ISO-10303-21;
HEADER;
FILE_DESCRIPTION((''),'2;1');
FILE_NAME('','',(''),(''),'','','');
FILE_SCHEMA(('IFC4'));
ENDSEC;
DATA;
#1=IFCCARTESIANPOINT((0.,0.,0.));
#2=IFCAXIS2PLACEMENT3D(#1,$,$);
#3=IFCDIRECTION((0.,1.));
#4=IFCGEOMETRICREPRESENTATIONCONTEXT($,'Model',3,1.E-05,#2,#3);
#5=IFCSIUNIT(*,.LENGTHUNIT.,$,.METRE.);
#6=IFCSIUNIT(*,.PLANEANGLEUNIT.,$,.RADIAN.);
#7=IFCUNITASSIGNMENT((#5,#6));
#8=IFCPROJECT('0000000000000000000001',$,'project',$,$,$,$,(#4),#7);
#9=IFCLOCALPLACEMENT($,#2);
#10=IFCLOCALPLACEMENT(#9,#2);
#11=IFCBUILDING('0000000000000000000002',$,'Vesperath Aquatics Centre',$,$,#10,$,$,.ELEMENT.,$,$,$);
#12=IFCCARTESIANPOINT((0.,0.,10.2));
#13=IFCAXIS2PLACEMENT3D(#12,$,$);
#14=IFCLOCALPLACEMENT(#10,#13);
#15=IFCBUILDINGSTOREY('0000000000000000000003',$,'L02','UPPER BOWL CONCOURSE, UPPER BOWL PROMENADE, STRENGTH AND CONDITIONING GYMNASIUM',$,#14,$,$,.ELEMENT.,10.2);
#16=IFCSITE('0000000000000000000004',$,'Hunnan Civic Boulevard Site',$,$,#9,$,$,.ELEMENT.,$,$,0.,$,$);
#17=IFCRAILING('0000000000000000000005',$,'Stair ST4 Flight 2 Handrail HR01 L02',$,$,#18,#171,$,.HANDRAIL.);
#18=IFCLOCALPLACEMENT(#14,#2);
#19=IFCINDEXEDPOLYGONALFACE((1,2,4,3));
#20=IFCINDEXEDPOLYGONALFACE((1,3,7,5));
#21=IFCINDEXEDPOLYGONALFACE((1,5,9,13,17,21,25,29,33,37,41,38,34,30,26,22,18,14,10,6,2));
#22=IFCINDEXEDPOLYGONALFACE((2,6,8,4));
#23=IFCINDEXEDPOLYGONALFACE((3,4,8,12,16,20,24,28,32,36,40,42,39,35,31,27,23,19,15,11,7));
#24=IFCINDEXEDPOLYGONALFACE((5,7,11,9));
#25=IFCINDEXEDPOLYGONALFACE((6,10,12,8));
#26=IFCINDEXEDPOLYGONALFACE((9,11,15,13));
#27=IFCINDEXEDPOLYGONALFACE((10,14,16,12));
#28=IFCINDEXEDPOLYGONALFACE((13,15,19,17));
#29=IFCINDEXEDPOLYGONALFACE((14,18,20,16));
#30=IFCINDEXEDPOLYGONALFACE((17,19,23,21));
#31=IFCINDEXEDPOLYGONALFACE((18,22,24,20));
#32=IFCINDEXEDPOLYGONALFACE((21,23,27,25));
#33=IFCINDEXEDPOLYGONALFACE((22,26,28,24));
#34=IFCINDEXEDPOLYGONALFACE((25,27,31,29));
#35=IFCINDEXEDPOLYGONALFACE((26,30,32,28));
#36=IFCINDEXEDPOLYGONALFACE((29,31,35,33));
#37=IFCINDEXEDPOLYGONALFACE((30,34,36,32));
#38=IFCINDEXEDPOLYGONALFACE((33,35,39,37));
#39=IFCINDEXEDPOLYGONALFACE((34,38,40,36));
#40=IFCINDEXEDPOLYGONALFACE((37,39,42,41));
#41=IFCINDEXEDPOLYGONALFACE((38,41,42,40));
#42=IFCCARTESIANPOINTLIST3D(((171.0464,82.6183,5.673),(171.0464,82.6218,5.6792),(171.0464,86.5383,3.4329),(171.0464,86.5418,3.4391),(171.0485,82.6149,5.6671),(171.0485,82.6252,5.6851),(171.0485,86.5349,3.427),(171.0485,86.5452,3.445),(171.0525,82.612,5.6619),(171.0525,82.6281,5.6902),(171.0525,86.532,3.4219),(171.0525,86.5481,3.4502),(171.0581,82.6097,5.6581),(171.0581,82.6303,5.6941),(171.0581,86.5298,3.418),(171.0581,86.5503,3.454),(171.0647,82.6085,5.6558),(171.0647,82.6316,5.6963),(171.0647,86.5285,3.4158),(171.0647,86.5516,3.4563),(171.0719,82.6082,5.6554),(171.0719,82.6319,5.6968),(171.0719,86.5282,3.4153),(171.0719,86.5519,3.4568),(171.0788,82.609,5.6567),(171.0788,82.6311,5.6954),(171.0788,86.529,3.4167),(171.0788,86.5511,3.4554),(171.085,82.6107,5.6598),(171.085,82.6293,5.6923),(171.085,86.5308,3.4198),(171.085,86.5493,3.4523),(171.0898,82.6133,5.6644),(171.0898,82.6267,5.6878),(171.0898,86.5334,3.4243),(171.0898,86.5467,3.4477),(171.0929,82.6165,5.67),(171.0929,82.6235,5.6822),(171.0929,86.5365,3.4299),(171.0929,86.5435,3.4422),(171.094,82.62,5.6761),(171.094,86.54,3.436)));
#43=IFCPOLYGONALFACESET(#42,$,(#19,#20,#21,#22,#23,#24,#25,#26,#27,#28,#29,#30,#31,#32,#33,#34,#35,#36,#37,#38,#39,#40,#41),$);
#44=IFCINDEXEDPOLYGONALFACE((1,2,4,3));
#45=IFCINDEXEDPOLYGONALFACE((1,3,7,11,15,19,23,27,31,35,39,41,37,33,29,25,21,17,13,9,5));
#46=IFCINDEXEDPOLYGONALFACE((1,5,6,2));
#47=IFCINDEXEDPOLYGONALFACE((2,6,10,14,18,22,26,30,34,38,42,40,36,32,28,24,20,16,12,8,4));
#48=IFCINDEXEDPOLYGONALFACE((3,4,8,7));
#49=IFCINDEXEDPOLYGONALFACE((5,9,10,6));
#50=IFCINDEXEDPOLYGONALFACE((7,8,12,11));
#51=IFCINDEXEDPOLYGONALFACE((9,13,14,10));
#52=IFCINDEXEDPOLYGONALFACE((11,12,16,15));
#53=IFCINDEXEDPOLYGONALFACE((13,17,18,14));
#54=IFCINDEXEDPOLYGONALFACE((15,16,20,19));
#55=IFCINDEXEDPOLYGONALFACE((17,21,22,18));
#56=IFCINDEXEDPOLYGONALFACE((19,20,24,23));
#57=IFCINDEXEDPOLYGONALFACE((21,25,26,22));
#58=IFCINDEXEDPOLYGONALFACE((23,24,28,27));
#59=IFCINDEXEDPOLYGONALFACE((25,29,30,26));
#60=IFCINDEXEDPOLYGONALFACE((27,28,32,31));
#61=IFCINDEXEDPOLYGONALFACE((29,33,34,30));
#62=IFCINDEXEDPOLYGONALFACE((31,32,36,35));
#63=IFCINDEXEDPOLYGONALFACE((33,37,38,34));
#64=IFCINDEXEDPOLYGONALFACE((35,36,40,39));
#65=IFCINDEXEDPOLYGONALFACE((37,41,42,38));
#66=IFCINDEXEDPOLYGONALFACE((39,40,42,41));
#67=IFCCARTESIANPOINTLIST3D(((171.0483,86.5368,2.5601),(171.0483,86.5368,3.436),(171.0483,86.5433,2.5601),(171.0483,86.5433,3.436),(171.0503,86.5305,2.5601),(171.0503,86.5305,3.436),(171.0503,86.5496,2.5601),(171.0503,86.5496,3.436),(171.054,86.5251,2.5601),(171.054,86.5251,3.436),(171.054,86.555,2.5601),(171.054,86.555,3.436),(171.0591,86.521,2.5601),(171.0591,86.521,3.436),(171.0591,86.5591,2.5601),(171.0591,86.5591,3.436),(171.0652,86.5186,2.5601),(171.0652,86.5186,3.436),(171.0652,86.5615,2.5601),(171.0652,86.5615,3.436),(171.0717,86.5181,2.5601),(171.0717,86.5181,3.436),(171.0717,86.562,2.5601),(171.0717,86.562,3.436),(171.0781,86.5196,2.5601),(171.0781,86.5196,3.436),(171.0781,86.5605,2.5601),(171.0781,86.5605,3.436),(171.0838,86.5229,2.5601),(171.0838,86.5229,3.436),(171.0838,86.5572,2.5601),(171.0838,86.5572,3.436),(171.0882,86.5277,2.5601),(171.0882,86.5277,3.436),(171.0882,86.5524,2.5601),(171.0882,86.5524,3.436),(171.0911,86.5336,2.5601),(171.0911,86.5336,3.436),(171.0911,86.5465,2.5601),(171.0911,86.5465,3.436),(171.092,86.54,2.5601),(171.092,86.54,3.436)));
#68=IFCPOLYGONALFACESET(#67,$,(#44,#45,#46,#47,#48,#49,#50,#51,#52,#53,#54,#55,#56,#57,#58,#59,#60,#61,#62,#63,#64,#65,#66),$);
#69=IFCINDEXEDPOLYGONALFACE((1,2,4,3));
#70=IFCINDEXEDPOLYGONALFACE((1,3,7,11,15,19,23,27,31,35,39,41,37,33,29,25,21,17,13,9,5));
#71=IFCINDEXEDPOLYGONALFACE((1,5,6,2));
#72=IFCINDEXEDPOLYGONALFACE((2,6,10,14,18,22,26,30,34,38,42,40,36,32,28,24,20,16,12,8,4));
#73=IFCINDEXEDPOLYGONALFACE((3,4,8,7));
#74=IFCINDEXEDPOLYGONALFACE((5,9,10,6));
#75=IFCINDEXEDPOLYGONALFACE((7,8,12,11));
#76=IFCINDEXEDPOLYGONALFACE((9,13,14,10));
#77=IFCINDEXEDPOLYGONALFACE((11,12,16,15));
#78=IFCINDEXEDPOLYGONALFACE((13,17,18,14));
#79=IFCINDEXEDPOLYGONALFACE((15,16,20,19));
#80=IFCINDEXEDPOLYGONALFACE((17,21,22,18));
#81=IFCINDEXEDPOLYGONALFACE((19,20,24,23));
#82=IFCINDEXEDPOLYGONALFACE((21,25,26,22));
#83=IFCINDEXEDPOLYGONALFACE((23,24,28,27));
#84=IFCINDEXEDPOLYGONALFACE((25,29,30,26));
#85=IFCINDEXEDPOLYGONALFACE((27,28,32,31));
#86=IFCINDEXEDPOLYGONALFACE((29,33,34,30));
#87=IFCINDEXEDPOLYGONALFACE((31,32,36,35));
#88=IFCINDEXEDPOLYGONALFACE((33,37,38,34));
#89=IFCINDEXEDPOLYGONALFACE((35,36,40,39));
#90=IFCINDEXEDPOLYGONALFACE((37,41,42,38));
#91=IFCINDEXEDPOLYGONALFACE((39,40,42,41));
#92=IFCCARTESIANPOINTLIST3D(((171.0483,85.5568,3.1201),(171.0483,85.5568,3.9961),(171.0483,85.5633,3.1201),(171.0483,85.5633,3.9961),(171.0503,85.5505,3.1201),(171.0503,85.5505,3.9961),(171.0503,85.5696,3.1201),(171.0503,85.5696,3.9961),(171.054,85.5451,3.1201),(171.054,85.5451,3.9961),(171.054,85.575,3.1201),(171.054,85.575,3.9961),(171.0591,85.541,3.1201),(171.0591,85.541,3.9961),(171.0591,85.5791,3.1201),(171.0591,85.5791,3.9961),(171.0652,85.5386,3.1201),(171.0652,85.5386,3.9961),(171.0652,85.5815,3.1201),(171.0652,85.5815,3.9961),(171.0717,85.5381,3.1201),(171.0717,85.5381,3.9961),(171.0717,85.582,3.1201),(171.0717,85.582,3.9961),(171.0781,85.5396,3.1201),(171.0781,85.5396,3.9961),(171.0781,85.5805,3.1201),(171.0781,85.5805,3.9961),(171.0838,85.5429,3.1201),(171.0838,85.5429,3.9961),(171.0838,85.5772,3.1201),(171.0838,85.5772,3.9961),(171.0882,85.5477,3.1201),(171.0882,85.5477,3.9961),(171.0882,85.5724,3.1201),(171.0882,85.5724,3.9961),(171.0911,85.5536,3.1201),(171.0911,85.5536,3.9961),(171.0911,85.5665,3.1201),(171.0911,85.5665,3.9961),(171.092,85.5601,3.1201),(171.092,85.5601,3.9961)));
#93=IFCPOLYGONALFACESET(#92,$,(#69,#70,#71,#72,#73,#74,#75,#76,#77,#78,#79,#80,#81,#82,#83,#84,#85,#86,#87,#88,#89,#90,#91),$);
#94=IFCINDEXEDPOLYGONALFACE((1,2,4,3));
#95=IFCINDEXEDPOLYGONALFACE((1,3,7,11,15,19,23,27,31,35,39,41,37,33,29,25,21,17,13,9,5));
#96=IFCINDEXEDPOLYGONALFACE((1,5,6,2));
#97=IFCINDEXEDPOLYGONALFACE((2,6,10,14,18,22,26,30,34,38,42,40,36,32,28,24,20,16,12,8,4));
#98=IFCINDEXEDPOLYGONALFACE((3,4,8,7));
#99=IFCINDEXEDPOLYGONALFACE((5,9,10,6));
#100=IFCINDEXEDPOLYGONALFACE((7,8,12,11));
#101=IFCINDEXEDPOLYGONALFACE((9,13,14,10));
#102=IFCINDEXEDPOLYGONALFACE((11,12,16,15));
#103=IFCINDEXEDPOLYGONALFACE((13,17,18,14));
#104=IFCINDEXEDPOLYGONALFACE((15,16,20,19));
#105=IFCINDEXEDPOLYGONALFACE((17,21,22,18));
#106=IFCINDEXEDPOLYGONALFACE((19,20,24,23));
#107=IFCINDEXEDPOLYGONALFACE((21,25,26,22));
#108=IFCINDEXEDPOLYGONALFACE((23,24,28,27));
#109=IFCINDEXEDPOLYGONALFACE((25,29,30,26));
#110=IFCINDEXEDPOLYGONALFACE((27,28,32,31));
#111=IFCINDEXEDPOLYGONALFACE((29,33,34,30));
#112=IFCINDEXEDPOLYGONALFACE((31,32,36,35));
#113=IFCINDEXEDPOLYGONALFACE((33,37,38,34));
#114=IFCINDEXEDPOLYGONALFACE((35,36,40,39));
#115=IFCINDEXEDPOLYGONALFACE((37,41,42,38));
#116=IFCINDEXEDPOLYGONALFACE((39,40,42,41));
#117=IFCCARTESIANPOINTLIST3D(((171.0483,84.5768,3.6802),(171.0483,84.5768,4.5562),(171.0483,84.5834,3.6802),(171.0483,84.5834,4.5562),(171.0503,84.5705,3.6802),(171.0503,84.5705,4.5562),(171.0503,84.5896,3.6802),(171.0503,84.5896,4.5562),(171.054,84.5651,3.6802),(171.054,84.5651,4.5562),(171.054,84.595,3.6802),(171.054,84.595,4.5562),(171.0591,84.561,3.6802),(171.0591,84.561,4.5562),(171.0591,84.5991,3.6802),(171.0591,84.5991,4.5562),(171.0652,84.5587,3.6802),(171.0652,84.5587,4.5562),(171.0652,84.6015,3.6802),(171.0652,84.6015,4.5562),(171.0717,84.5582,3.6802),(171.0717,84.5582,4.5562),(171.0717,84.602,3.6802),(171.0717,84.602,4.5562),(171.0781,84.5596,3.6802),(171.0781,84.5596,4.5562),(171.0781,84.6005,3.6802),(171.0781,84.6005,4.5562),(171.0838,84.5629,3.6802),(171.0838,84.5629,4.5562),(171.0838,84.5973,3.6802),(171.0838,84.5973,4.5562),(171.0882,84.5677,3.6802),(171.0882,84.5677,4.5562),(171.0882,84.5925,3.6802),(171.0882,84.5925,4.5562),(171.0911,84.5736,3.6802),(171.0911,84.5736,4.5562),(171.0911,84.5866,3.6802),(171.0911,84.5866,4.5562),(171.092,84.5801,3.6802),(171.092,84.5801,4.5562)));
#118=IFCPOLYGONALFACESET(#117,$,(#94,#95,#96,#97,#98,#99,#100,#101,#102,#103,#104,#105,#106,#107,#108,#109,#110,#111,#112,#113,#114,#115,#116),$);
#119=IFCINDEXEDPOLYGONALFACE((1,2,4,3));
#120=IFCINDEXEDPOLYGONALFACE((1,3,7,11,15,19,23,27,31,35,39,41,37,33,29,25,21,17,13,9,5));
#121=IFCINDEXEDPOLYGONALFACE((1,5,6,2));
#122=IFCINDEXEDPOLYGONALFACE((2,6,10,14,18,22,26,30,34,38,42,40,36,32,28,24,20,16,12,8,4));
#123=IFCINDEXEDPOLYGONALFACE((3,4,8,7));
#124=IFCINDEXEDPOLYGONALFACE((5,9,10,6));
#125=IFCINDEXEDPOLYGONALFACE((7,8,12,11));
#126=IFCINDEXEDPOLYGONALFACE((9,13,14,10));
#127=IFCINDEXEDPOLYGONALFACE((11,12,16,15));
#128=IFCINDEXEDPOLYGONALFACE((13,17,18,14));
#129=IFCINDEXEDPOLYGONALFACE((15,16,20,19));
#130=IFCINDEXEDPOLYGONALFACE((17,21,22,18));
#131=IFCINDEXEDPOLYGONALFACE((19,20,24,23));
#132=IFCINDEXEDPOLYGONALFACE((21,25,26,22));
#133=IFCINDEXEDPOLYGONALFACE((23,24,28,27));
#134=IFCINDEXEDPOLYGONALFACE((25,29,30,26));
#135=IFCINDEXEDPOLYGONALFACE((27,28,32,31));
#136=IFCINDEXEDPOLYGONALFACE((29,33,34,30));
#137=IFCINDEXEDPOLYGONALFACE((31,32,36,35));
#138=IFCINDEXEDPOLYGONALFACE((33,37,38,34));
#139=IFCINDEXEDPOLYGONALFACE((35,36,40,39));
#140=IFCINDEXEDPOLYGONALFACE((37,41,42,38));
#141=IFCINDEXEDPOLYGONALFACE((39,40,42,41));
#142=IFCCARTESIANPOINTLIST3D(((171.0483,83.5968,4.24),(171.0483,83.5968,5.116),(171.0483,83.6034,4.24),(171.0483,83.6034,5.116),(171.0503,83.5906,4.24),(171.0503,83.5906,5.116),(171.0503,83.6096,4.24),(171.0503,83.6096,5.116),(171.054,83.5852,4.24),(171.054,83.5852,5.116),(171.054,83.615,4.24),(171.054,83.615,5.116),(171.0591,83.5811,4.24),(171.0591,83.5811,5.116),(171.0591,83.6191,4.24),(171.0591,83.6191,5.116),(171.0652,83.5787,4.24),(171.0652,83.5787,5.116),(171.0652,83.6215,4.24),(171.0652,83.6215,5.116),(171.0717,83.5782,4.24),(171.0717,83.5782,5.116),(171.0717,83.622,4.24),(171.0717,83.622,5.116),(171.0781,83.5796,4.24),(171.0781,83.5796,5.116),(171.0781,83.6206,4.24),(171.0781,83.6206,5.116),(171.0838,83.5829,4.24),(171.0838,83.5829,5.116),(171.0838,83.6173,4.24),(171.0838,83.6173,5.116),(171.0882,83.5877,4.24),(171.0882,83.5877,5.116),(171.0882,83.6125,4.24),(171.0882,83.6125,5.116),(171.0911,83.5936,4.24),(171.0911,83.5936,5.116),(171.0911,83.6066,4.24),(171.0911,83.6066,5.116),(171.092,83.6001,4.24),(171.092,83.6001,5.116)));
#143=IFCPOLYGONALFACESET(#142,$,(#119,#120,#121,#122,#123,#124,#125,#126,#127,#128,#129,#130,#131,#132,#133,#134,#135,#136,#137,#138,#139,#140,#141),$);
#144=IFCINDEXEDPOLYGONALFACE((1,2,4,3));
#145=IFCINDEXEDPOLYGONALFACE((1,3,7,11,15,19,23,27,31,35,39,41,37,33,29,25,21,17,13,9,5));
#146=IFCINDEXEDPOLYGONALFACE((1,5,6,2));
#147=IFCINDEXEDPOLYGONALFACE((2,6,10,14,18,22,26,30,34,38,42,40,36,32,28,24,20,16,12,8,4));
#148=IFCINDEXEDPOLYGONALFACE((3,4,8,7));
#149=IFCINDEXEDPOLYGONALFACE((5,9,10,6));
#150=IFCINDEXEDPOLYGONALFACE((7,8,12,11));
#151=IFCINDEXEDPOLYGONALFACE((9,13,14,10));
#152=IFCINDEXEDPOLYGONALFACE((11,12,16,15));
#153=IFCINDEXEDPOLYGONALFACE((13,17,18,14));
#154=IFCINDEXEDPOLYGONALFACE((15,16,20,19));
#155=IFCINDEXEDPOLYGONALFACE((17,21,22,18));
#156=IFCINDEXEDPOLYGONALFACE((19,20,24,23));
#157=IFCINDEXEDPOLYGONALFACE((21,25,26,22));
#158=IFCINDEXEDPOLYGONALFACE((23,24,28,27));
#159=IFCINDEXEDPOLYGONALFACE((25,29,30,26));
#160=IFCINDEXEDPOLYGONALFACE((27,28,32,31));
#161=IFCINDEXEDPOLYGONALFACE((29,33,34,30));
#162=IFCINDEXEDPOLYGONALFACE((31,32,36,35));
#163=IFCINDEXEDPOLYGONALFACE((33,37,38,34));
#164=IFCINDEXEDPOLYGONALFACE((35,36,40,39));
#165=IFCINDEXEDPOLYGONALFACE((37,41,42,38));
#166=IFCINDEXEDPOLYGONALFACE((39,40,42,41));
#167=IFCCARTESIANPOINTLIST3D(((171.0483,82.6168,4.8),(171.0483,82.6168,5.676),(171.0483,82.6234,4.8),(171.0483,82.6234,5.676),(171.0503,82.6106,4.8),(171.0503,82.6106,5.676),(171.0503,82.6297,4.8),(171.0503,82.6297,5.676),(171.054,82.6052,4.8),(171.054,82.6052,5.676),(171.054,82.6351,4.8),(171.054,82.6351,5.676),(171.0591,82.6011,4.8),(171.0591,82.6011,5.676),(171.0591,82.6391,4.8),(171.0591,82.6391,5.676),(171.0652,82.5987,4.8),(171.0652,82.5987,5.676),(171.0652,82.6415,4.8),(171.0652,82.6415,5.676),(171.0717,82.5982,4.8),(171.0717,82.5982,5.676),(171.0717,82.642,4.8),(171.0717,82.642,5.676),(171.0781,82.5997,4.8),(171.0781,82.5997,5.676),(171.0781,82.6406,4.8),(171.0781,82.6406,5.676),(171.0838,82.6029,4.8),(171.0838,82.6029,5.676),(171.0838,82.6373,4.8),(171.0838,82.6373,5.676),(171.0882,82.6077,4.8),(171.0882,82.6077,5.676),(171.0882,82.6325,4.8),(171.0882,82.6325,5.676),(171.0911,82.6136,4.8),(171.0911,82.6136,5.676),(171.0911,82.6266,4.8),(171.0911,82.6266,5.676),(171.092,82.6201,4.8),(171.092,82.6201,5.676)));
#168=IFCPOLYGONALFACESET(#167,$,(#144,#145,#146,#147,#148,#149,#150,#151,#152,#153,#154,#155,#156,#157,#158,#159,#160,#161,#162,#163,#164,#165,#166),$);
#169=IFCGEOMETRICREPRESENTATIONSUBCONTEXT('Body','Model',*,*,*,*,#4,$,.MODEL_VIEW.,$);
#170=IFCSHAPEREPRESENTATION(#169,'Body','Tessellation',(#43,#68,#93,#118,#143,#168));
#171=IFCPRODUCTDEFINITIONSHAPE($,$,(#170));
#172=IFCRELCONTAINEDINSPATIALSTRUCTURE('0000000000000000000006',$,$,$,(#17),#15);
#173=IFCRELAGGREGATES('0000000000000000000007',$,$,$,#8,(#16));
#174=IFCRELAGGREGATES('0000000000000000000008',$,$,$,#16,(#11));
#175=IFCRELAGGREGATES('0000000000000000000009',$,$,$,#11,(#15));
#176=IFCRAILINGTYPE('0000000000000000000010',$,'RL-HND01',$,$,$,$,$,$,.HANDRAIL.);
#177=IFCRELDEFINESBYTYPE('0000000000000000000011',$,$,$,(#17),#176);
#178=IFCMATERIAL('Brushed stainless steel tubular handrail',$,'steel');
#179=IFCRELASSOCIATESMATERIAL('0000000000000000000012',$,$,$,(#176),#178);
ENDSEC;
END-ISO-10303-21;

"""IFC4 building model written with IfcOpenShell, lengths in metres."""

from ifc_helpers import new_model, si_unit, direction, frame, origin, origin_2d, place, context, subcontext, project, spatial, circle, extrude, material, type_object, element, save


model = new_model("IFC4")

# Units and contexts
model_context = context("Model", 3, precision=1e-05, world=origin(), true_north=direction((0.0, 1.0)))
body_context = subcontext(model_context, "Body", "Model", "MODEL_VIEW")
ifc_project = project(units=[si_unit("LENGTHUNIT", "METRE"), si_unit("PLANEANGLEUNIT", "RADIAN")], contexts=[model_context])

# Site, building, storey
site_placement = place(None, origin())
site = spatial("IfcSite", under=ifc_project, at=site_placement, Name="Hunnan Civic Boulevard Site", CompositionType="ELEMENT", RefElevation=0.0)
building_placement = place(site_placement, origin())
building = spatial("IfcBuilding", under=site, at=building_placement, Name="Vesperath Aquatics Centre", CompositionType="ELEMENT")
storey_placement = place(building_placement, frame((0.0, 0.0, 10.2)))
storey = spatial("IfcBuildingStorey", under=building, at=storey_placement, Name="L02", Description="UPPER BOWL CONCOURSE, UPPER BOWL PROMENADE, STRENGTH AND CONDITIONING GYMNASIUM", CompositionType="ELEMENT", Elevation=10.2)

# Railing
ifc_material_1 = material(Name="Brushed stainless steel tubular handrail", Category="steel")
railing_type_1 = type_object("IfcRailingType", Name="RL-HND01", PredefinedType="HANDRAIL", material=ifc_material_1)
railing_1_placement = place(storey_placement, frame((171.0701, 86.54, 2.5601)))
element("IfcRailing", 1, at=railing_1_placement, inside=storey, type_object=railing_type_1, Name="Stair ST4 Flight 2 Handrail HR01 L02", PredefinedType="HANDRAIL", context=body_context, shape_type="SweptSolid", body=[
    extrude(circle(Radius=0.0239, at=origin_2d()), frame((0.0, 0.0, 0.876), z_axis=(0.0, -0.86824, 0.496145), x_axis=(1.0, 0.0, 0.0)), (0.0, 0.0, 1.0), 4.5149),
    extrude(circle(Radius=0.022, at=origin_2d()), origin(), (0.0, 0.0, 1.0), 0.876),
    extrude(circle(Radius=0.022, at=origin_2d()), frame((0.0, -0.98, 0.5601)), (0.0, 0.0, 1.0), 0.876),
    extrude(circle(Radius=0.022, at=origin_2d()), frame((0.0, -1.96, 1.1201)), (0.0, 0.0, 1.0), 0.876),
    extrude(circle(Radius=0.022, at=origin_2d()), frame((0.0, -2.9399, 1.6799)), (0.0, 0.0, 1.0), 0.876),
    extrude(circle(Radius=0.022, at=origin_2d()), frame((0.0, -3.9199, 2.24)), (0.0, 0.0, 1.0), 0.876),
])

save(model, "model.ifc")
